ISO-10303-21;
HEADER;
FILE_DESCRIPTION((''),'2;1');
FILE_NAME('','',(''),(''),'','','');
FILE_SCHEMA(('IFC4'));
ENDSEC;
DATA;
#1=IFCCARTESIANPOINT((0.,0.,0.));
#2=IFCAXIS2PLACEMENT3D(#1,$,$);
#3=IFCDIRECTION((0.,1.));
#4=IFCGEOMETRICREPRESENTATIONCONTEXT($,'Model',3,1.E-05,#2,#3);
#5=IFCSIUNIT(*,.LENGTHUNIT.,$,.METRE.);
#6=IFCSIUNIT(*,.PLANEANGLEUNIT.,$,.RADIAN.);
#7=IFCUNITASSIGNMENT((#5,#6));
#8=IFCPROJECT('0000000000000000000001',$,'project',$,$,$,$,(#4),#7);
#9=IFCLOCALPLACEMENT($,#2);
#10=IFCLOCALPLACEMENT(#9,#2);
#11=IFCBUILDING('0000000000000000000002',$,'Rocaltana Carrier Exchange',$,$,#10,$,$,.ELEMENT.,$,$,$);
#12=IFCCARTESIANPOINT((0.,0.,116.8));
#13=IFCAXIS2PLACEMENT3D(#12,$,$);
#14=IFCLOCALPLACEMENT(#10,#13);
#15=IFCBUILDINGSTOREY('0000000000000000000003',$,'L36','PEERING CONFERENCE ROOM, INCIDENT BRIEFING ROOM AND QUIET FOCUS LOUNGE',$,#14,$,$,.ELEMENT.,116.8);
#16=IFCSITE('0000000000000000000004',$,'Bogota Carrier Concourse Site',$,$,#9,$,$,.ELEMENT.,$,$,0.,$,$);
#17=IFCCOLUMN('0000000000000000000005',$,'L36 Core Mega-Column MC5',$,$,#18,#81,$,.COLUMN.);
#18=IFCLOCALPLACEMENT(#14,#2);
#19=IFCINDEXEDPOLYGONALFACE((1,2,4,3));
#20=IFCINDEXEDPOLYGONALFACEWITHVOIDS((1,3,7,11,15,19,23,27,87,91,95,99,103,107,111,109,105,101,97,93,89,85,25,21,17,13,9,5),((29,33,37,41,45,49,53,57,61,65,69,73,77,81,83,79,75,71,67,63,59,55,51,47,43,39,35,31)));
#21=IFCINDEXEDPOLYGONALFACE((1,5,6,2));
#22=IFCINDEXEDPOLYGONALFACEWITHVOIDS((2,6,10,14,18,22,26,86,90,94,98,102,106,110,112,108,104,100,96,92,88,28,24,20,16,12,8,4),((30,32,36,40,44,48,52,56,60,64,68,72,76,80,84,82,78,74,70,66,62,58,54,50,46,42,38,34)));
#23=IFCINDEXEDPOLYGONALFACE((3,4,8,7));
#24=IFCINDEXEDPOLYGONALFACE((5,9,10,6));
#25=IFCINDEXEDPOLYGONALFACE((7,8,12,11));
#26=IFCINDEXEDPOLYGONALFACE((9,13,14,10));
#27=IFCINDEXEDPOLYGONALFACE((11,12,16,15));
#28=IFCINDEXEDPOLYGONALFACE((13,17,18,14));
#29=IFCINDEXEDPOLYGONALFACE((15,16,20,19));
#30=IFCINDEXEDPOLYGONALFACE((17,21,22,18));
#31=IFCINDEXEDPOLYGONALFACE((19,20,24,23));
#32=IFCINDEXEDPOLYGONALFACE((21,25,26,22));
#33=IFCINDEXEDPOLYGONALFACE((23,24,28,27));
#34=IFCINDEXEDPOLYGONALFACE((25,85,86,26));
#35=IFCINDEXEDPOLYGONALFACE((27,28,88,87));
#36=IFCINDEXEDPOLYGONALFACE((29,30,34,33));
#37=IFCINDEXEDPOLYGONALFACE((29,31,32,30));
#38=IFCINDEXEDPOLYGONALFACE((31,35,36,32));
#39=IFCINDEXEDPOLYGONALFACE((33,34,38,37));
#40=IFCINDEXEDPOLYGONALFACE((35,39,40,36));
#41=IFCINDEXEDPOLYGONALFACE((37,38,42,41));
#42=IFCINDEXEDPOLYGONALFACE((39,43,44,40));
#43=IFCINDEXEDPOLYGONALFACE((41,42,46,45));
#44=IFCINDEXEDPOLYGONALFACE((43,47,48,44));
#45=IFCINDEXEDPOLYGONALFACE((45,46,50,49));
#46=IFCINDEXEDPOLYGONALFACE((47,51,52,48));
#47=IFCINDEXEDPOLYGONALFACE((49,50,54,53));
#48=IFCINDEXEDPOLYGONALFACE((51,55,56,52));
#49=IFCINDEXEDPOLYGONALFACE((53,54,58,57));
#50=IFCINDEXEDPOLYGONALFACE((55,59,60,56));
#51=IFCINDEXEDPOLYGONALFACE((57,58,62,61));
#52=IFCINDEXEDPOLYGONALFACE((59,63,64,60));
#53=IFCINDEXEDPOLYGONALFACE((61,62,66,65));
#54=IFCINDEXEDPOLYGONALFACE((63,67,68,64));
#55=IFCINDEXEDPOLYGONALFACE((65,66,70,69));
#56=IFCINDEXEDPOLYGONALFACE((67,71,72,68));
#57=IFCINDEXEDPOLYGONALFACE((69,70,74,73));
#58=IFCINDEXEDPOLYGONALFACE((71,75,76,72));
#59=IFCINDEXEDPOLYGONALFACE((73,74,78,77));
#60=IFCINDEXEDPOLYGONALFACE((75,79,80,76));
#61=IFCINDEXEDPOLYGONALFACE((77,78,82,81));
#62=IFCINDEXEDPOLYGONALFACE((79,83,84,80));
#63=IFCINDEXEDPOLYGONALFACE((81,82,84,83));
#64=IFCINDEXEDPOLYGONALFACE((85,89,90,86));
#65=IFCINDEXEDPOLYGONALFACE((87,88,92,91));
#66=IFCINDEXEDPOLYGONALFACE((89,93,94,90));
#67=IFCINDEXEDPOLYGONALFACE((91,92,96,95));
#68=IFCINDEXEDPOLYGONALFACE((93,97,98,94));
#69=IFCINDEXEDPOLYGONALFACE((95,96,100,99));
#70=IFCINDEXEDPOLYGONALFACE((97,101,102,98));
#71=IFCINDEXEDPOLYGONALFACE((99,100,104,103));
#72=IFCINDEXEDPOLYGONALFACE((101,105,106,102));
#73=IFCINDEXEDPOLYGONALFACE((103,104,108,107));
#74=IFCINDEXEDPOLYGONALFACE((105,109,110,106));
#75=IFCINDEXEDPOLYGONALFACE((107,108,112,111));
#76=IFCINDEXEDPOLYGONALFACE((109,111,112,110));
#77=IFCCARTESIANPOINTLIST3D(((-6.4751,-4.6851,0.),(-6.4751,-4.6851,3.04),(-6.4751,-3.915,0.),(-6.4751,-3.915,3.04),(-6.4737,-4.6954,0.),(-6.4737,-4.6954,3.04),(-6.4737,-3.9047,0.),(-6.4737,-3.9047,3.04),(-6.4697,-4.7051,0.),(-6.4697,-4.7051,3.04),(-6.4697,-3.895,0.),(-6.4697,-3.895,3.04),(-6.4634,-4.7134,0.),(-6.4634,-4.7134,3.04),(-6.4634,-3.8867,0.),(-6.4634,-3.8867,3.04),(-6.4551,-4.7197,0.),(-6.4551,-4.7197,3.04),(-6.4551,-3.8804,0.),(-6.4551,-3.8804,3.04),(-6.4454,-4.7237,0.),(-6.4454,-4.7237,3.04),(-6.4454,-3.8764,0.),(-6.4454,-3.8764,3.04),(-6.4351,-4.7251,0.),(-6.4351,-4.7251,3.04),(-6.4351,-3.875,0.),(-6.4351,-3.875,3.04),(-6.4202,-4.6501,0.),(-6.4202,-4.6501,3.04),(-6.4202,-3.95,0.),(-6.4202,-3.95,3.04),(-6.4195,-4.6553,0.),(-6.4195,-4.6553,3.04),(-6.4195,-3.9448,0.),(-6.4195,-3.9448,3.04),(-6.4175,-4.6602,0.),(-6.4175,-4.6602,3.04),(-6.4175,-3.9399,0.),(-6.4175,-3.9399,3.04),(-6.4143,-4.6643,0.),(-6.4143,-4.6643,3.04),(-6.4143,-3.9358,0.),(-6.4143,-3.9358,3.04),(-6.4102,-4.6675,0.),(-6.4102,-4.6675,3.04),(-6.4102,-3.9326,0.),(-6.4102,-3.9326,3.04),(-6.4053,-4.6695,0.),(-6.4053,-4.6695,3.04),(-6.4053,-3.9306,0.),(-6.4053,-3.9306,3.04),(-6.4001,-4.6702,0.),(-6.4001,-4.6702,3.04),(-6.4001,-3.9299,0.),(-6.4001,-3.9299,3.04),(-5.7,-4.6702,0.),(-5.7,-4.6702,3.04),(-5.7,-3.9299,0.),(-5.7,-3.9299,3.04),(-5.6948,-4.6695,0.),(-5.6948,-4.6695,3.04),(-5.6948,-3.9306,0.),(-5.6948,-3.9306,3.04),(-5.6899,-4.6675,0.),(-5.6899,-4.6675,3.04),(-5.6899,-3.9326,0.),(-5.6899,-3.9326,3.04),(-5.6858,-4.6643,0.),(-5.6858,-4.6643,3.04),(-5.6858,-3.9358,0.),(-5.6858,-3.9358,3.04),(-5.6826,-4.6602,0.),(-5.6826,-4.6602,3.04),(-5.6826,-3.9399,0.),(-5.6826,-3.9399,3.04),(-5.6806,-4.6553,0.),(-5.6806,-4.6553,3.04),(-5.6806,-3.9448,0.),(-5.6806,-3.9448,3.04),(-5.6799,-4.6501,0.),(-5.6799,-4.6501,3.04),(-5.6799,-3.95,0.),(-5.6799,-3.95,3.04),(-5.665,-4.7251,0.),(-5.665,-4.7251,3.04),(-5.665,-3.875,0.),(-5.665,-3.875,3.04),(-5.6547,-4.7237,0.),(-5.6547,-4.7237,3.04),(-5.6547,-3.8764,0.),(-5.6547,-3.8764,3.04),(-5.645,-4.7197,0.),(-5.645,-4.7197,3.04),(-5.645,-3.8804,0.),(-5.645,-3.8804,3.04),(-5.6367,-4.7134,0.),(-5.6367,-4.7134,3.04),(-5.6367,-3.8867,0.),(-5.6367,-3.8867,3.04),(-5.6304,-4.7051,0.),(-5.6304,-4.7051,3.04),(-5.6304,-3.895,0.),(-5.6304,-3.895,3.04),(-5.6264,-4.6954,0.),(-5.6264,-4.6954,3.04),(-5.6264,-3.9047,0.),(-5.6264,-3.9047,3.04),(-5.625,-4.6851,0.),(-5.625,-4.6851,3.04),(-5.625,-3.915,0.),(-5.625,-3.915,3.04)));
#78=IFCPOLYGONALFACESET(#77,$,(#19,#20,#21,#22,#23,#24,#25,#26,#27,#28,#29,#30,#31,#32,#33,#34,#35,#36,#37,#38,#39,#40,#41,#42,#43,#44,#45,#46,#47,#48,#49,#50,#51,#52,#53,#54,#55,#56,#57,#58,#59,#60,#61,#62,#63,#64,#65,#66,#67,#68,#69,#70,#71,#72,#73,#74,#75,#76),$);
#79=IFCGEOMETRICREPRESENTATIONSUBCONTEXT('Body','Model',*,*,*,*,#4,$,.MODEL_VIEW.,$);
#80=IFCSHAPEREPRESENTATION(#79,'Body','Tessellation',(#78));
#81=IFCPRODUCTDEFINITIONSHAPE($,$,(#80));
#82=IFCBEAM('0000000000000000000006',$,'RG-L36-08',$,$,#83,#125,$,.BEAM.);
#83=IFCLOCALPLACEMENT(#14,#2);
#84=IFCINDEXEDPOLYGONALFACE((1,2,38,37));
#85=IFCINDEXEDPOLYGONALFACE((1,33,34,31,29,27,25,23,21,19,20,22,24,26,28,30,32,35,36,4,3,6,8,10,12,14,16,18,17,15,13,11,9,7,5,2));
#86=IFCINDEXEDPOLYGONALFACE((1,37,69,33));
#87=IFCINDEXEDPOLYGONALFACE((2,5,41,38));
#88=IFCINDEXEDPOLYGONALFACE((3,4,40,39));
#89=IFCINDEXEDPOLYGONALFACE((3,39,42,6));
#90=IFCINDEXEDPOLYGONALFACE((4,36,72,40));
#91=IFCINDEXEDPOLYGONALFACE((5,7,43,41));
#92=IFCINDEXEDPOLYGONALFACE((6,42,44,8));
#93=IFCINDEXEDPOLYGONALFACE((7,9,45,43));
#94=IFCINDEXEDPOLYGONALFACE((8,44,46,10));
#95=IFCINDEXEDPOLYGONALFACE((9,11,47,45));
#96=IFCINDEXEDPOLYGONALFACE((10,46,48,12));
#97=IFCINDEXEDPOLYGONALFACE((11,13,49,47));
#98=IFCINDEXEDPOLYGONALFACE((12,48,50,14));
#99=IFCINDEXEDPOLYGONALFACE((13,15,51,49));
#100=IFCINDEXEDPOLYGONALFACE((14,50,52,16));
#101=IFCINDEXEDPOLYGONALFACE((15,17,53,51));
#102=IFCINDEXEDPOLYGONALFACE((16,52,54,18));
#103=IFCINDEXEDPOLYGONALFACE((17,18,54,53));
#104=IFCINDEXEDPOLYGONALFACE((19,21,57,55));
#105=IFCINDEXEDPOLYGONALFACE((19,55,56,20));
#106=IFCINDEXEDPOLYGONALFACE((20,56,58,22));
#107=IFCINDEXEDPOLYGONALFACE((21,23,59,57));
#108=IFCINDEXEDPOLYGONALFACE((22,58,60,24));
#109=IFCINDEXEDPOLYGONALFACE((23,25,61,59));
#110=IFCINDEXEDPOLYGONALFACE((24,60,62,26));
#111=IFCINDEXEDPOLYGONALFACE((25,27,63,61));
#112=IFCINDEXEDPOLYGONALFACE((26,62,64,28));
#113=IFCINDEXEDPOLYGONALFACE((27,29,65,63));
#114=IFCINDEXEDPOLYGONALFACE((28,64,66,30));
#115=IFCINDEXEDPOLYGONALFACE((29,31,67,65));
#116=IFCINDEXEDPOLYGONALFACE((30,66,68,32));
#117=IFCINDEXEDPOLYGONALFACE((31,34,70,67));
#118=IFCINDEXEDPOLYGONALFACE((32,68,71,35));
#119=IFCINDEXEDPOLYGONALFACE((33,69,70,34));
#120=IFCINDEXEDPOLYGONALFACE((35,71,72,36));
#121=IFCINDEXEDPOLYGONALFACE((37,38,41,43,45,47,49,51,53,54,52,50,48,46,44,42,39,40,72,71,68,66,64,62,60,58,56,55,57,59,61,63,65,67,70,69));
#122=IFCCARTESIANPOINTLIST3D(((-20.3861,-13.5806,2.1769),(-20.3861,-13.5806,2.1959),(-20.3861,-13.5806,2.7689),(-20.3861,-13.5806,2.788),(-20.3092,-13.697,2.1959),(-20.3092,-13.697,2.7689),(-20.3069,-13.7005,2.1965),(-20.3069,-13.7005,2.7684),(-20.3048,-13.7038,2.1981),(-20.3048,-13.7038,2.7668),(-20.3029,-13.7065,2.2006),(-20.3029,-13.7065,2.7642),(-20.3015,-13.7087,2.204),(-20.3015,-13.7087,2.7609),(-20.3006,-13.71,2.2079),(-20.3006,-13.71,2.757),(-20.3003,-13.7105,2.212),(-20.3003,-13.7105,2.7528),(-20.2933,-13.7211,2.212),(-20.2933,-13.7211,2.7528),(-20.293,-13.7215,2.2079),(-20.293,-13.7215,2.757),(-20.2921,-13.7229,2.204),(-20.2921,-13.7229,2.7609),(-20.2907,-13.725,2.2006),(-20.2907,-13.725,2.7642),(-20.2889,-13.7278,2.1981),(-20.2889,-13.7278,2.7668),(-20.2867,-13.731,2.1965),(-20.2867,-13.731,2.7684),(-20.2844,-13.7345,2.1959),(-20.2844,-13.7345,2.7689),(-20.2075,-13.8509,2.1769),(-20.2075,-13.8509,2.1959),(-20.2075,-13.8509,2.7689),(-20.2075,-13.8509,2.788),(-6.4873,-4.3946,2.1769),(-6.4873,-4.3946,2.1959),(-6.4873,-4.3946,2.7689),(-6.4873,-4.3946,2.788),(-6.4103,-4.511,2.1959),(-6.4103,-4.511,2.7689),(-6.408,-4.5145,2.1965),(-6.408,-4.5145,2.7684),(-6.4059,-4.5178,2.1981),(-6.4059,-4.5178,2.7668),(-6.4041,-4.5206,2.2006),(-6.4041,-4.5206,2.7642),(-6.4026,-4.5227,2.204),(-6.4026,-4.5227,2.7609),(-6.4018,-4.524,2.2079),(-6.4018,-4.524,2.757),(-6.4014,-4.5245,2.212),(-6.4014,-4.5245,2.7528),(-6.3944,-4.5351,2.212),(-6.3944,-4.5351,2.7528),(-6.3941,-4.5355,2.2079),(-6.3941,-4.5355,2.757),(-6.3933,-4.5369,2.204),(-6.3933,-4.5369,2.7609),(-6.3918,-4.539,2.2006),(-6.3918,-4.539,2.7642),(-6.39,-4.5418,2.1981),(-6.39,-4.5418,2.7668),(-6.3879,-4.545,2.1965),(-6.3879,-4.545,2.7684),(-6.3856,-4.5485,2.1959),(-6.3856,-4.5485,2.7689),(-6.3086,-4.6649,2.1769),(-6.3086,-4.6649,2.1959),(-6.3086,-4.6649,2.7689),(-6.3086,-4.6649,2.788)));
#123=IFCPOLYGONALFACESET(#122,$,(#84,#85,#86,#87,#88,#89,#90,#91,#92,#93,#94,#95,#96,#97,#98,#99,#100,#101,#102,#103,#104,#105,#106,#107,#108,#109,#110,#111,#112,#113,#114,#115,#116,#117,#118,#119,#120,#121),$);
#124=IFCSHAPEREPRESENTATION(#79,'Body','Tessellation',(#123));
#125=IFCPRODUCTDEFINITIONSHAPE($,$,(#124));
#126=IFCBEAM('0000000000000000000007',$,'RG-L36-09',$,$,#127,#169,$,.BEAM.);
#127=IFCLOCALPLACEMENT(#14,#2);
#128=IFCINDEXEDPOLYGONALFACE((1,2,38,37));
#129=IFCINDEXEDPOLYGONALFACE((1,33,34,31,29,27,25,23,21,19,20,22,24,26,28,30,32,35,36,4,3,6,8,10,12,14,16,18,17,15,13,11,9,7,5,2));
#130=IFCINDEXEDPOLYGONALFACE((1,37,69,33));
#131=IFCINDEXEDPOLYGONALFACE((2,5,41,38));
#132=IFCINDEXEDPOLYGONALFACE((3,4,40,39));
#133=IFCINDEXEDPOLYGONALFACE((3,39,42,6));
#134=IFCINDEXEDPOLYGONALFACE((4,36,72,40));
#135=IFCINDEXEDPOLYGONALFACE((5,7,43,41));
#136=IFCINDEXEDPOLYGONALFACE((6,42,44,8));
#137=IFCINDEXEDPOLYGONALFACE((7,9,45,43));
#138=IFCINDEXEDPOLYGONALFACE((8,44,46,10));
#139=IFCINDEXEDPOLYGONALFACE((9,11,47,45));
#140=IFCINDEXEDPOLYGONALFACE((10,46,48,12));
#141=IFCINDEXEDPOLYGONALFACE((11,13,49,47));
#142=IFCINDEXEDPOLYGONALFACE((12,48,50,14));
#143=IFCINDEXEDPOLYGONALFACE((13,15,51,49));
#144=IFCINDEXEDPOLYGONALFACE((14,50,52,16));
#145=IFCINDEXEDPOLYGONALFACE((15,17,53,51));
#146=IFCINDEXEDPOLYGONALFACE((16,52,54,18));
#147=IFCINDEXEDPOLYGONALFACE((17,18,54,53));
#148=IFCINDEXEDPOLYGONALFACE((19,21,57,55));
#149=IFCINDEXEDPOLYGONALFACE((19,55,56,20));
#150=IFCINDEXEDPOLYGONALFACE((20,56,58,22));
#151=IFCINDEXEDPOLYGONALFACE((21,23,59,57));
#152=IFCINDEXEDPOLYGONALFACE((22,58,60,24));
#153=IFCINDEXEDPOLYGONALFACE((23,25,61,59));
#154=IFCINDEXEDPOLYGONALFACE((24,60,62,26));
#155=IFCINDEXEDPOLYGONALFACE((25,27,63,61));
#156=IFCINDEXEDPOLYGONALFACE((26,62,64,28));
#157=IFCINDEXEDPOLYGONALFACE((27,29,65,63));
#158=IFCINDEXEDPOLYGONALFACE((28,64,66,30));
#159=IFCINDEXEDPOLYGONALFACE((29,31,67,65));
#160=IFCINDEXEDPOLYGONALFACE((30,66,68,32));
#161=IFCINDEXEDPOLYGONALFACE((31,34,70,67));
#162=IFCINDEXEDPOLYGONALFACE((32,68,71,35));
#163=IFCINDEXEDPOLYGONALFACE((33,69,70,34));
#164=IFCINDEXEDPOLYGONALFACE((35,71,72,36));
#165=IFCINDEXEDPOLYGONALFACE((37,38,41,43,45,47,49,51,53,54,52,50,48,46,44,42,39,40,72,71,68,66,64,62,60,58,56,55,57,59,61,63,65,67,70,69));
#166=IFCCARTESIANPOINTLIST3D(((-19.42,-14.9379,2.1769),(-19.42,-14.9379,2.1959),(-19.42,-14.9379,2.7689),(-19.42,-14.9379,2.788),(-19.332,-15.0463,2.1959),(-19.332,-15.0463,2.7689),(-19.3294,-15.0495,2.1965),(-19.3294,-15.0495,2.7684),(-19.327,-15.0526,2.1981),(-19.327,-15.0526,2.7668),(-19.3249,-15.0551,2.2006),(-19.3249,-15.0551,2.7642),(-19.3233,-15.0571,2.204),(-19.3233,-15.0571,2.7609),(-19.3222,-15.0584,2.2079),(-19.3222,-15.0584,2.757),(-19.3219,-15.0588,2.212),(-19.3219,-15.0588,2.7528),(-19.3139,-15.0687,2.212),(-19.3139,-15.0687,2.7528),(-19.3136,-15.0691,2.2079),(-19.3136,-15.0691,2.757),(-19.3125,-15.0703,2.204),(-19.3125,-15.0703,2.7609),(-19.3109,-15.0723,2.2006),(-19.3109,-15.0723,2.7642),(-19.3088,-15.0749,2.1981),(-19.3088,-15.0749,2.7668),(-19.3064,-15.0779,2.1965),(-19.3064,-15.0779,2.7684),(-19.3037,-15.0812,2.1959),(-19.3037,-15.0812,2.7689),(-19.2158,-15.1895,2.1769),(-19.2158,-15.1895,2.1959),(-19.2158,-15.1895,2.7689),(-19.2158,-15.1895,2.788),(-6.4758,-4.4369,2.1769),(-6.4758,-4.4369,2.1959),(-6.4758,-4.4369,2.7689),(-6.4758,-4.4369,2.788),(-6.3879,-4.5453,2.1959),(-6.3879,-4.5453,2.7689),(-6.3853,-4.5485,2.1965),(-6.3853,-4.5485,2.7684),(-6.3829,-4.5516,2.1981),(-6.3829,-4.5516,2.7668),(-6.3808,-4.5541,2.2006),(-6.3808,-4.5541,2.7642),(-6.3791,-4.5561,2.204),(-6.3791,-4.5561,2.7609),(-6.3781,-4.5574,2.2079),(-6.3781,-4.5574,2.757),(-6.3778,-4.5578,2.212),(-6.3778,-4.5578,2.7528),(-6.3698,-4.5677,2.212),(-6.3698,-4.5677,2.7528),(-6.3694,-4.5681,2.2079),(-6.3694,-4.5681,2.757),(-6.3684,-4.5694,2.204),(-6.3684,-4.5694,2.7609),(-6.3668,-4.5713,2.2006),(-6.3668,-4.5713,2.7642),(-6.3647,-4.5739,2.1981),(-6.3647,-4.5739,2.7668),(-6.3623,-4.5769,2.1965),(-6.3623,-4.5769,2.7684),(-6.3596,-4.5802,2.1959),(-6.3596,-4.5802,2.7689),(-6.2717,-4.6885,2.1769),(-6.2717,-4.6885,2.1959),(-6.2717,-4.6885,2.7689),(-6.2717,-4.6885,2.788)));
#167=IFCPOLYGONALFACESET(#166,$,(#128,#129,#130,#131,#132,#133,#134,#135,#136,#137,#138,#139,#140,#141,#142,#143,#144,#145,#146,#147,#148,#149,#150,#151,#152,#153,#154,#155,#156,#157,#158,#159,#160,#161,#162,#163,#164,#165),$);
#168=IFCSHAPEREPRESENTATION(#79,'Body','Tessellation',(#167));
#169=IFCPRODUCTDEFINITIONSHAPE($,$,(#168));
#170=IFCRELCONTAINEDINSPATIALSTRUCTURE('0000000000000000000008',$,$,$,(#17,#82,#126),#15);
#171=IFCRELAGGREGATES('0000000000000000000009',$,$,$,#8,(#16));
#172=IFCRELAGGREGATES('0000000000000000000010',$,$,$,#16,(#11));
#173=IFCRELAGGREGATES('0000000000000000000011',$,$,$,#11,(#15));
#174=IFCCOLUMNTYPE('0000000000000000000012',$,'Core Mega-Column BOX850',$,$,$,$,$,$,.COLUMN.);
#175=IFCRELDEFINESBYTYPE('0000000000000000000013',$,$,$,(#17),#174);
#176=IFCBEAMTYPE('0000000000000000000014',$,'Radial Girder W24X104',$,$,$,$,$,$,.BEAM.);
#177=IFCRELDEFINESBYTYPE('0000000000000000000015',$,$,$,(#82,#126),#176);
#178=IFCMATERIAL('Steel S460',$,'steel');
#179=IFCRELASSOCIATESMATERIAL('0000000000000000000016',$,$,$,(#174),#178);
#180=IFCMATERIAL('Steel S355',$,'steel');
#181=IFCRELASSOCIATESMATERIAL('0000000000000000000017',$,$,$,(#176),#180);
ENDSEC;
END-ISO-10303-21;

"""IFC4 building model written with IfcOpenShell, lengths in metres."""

from ifc_helpers import new_model, si_unit, direction, frame, origin, origin_2d, place, context, subcontext, project, spatial, hollow_rectangle, i_section, extrude, material, material_profile, profile_set, type_object, element, save


model = new_model("IFC4")

# Units and contexts
model_context = context("Model", 3, precision=1e-05, world=origin(), true_north=direction((0.0, 1.0)))
body_context = subcontext(model_context, "Body", "Model", "MODEL_VIEW")
ifc_project = project(units=[si_unit("LENGTHUNIT", "METRE"), si_unit("PLANEANGLEUNIT", "RADIAN")], contexts=[model_context])

# Site, building, storey
site_placement = place(None, origin())
site = spatial("IfcSite", under=ifc_project, at=site_placement, Name="Bogota Carrier Concourse Site", CompositionType="ELEMENT", RefElevation=0.0)
building_placement = place(site_placement, origin())
building = spatial("IfcBuilding", under=site, at=building_placement, Name="Rocaltana Carrier Exchange", CompositionType="ELEMENT")
storey_placement = place(building_placement, frame((0.0, 0.0, 116.8)))
storey = spatial("IfcBuildingStorey", under=building, at=storey_placement, Name="L36", Description="PEERING CONFERENCE ROOM, INCIDENT BRIEFING ROOM AND QUIET FOCUS LOUNGE", CompositionType="ELEMENT", Elevation=116.8)

# Column
ifc_material_1 = material(Name="Steel S460", Category="steel")
ifc_material_profile_1 = material_profile(ifc_material_1, hollow_rectangle(XDim=0.8501, YDim=0.8501, WallThickness=0.0549, InnerFilletRadius=0.02, OuterFilletRadius=0.04, at=origin_2d()), Name="BOX850X850X55")
ifc_profile_set_1 = profile_set([ifc_material_profile_1], Name="Steel S460")
column_type = type_object("IfcColumnType", Name="Core Mega-Column BOX850", PredefinedType="COLUMN", material=ifc_profile_set_1)
column_placement = place(storey_placement, frame((-6.05, -4.3, 0.0), z_axis=(0.0, 0.0, 1.0), x_axis=(1.0, 0.0, 0.0)))
element("IfcColumn", 1, at=column_placement, inside=storey, type_object=column_type, Name="L36 Core Mega-Column MC5", PredefinedType="COLUMN", context=body_context, shape_type="SweptSolid", body=[
    extrude(hollow_rectangle(XDim=0.8501, YDim=0.8501, WallThickness=0.0549, InnerFilletRadius=0.02, OuterFilletRadius=0.04, at=origin_2d()), origin(), (0.0, 0.0, 1.0), 3.04),
])

# Beams
ifc_material_2 = material(Name="Steel S355", Category="steel")
ifc_material_profile_2 = material_profile(ifc_material_2, i_section(OverallWidth=0.324, OverallDepth=0.6111, WebThickness=0.0127, FlangeThickness=0.019, FilletRadius=0.0161, at=origin_2d()), Name="W24X104")
ifc_profile_set_2 = profile_set([ifc_material_profile_2], Name="Steel S355")
beam_type = type_object("IfcBeamType", Name="Radial Girder W24X104", PredefinedType="BEAM", material=ifc_profile_set_2)
beam_1_placement = place(storey_placement, frame((-6.3979, -4.5298, 2.4824), z_axis=(-0.834258, -0.551375, 0.0), x_axis=(0.551375, -0.834258, 0.0)))
element("IfcBeam", 2, at=beam_1_placement, inside=storey, type_object=beam_type, Name="RG-L36-08", PredefinedType="BEAM", context=body_context, shape_type="SweptSolid", body=[
    extrude(i_section(OverallWidth=0.324, OverallDepth=0.6111, WebThickness=0.0127, FlangeThickness=0.019, FilletRadius=0.0161, at=origin_2d()), origin(), (0.0, 0.0, 1.0), 16.6602),
])
beam_2_placement = place(storey_placement, frame((-6.3738, -4.5627, 2.4824), z_axis=(-0.776586, -0.630011, 0.0), x_axis=(0.630011, -0.776586, 0.0)))
element("IfcBeam", 3, at=beam_2_placement, inside=storey, type_object=beam_type, Name="RG-L36-09", PredefinedType="BEAM", context=body_context, shape_type="SweptSolid", body=[
    extrude(i_section(OverallWidth=0.324, OverallDepth=0.6111, WebThickness=0.0127, FlangeThickness=0.019, FilletRadius=0.0161, at=origin_2d()), origin(), (0.0, 0.0, 1.0), 16.668),
])

save(model, "model.ifc")
